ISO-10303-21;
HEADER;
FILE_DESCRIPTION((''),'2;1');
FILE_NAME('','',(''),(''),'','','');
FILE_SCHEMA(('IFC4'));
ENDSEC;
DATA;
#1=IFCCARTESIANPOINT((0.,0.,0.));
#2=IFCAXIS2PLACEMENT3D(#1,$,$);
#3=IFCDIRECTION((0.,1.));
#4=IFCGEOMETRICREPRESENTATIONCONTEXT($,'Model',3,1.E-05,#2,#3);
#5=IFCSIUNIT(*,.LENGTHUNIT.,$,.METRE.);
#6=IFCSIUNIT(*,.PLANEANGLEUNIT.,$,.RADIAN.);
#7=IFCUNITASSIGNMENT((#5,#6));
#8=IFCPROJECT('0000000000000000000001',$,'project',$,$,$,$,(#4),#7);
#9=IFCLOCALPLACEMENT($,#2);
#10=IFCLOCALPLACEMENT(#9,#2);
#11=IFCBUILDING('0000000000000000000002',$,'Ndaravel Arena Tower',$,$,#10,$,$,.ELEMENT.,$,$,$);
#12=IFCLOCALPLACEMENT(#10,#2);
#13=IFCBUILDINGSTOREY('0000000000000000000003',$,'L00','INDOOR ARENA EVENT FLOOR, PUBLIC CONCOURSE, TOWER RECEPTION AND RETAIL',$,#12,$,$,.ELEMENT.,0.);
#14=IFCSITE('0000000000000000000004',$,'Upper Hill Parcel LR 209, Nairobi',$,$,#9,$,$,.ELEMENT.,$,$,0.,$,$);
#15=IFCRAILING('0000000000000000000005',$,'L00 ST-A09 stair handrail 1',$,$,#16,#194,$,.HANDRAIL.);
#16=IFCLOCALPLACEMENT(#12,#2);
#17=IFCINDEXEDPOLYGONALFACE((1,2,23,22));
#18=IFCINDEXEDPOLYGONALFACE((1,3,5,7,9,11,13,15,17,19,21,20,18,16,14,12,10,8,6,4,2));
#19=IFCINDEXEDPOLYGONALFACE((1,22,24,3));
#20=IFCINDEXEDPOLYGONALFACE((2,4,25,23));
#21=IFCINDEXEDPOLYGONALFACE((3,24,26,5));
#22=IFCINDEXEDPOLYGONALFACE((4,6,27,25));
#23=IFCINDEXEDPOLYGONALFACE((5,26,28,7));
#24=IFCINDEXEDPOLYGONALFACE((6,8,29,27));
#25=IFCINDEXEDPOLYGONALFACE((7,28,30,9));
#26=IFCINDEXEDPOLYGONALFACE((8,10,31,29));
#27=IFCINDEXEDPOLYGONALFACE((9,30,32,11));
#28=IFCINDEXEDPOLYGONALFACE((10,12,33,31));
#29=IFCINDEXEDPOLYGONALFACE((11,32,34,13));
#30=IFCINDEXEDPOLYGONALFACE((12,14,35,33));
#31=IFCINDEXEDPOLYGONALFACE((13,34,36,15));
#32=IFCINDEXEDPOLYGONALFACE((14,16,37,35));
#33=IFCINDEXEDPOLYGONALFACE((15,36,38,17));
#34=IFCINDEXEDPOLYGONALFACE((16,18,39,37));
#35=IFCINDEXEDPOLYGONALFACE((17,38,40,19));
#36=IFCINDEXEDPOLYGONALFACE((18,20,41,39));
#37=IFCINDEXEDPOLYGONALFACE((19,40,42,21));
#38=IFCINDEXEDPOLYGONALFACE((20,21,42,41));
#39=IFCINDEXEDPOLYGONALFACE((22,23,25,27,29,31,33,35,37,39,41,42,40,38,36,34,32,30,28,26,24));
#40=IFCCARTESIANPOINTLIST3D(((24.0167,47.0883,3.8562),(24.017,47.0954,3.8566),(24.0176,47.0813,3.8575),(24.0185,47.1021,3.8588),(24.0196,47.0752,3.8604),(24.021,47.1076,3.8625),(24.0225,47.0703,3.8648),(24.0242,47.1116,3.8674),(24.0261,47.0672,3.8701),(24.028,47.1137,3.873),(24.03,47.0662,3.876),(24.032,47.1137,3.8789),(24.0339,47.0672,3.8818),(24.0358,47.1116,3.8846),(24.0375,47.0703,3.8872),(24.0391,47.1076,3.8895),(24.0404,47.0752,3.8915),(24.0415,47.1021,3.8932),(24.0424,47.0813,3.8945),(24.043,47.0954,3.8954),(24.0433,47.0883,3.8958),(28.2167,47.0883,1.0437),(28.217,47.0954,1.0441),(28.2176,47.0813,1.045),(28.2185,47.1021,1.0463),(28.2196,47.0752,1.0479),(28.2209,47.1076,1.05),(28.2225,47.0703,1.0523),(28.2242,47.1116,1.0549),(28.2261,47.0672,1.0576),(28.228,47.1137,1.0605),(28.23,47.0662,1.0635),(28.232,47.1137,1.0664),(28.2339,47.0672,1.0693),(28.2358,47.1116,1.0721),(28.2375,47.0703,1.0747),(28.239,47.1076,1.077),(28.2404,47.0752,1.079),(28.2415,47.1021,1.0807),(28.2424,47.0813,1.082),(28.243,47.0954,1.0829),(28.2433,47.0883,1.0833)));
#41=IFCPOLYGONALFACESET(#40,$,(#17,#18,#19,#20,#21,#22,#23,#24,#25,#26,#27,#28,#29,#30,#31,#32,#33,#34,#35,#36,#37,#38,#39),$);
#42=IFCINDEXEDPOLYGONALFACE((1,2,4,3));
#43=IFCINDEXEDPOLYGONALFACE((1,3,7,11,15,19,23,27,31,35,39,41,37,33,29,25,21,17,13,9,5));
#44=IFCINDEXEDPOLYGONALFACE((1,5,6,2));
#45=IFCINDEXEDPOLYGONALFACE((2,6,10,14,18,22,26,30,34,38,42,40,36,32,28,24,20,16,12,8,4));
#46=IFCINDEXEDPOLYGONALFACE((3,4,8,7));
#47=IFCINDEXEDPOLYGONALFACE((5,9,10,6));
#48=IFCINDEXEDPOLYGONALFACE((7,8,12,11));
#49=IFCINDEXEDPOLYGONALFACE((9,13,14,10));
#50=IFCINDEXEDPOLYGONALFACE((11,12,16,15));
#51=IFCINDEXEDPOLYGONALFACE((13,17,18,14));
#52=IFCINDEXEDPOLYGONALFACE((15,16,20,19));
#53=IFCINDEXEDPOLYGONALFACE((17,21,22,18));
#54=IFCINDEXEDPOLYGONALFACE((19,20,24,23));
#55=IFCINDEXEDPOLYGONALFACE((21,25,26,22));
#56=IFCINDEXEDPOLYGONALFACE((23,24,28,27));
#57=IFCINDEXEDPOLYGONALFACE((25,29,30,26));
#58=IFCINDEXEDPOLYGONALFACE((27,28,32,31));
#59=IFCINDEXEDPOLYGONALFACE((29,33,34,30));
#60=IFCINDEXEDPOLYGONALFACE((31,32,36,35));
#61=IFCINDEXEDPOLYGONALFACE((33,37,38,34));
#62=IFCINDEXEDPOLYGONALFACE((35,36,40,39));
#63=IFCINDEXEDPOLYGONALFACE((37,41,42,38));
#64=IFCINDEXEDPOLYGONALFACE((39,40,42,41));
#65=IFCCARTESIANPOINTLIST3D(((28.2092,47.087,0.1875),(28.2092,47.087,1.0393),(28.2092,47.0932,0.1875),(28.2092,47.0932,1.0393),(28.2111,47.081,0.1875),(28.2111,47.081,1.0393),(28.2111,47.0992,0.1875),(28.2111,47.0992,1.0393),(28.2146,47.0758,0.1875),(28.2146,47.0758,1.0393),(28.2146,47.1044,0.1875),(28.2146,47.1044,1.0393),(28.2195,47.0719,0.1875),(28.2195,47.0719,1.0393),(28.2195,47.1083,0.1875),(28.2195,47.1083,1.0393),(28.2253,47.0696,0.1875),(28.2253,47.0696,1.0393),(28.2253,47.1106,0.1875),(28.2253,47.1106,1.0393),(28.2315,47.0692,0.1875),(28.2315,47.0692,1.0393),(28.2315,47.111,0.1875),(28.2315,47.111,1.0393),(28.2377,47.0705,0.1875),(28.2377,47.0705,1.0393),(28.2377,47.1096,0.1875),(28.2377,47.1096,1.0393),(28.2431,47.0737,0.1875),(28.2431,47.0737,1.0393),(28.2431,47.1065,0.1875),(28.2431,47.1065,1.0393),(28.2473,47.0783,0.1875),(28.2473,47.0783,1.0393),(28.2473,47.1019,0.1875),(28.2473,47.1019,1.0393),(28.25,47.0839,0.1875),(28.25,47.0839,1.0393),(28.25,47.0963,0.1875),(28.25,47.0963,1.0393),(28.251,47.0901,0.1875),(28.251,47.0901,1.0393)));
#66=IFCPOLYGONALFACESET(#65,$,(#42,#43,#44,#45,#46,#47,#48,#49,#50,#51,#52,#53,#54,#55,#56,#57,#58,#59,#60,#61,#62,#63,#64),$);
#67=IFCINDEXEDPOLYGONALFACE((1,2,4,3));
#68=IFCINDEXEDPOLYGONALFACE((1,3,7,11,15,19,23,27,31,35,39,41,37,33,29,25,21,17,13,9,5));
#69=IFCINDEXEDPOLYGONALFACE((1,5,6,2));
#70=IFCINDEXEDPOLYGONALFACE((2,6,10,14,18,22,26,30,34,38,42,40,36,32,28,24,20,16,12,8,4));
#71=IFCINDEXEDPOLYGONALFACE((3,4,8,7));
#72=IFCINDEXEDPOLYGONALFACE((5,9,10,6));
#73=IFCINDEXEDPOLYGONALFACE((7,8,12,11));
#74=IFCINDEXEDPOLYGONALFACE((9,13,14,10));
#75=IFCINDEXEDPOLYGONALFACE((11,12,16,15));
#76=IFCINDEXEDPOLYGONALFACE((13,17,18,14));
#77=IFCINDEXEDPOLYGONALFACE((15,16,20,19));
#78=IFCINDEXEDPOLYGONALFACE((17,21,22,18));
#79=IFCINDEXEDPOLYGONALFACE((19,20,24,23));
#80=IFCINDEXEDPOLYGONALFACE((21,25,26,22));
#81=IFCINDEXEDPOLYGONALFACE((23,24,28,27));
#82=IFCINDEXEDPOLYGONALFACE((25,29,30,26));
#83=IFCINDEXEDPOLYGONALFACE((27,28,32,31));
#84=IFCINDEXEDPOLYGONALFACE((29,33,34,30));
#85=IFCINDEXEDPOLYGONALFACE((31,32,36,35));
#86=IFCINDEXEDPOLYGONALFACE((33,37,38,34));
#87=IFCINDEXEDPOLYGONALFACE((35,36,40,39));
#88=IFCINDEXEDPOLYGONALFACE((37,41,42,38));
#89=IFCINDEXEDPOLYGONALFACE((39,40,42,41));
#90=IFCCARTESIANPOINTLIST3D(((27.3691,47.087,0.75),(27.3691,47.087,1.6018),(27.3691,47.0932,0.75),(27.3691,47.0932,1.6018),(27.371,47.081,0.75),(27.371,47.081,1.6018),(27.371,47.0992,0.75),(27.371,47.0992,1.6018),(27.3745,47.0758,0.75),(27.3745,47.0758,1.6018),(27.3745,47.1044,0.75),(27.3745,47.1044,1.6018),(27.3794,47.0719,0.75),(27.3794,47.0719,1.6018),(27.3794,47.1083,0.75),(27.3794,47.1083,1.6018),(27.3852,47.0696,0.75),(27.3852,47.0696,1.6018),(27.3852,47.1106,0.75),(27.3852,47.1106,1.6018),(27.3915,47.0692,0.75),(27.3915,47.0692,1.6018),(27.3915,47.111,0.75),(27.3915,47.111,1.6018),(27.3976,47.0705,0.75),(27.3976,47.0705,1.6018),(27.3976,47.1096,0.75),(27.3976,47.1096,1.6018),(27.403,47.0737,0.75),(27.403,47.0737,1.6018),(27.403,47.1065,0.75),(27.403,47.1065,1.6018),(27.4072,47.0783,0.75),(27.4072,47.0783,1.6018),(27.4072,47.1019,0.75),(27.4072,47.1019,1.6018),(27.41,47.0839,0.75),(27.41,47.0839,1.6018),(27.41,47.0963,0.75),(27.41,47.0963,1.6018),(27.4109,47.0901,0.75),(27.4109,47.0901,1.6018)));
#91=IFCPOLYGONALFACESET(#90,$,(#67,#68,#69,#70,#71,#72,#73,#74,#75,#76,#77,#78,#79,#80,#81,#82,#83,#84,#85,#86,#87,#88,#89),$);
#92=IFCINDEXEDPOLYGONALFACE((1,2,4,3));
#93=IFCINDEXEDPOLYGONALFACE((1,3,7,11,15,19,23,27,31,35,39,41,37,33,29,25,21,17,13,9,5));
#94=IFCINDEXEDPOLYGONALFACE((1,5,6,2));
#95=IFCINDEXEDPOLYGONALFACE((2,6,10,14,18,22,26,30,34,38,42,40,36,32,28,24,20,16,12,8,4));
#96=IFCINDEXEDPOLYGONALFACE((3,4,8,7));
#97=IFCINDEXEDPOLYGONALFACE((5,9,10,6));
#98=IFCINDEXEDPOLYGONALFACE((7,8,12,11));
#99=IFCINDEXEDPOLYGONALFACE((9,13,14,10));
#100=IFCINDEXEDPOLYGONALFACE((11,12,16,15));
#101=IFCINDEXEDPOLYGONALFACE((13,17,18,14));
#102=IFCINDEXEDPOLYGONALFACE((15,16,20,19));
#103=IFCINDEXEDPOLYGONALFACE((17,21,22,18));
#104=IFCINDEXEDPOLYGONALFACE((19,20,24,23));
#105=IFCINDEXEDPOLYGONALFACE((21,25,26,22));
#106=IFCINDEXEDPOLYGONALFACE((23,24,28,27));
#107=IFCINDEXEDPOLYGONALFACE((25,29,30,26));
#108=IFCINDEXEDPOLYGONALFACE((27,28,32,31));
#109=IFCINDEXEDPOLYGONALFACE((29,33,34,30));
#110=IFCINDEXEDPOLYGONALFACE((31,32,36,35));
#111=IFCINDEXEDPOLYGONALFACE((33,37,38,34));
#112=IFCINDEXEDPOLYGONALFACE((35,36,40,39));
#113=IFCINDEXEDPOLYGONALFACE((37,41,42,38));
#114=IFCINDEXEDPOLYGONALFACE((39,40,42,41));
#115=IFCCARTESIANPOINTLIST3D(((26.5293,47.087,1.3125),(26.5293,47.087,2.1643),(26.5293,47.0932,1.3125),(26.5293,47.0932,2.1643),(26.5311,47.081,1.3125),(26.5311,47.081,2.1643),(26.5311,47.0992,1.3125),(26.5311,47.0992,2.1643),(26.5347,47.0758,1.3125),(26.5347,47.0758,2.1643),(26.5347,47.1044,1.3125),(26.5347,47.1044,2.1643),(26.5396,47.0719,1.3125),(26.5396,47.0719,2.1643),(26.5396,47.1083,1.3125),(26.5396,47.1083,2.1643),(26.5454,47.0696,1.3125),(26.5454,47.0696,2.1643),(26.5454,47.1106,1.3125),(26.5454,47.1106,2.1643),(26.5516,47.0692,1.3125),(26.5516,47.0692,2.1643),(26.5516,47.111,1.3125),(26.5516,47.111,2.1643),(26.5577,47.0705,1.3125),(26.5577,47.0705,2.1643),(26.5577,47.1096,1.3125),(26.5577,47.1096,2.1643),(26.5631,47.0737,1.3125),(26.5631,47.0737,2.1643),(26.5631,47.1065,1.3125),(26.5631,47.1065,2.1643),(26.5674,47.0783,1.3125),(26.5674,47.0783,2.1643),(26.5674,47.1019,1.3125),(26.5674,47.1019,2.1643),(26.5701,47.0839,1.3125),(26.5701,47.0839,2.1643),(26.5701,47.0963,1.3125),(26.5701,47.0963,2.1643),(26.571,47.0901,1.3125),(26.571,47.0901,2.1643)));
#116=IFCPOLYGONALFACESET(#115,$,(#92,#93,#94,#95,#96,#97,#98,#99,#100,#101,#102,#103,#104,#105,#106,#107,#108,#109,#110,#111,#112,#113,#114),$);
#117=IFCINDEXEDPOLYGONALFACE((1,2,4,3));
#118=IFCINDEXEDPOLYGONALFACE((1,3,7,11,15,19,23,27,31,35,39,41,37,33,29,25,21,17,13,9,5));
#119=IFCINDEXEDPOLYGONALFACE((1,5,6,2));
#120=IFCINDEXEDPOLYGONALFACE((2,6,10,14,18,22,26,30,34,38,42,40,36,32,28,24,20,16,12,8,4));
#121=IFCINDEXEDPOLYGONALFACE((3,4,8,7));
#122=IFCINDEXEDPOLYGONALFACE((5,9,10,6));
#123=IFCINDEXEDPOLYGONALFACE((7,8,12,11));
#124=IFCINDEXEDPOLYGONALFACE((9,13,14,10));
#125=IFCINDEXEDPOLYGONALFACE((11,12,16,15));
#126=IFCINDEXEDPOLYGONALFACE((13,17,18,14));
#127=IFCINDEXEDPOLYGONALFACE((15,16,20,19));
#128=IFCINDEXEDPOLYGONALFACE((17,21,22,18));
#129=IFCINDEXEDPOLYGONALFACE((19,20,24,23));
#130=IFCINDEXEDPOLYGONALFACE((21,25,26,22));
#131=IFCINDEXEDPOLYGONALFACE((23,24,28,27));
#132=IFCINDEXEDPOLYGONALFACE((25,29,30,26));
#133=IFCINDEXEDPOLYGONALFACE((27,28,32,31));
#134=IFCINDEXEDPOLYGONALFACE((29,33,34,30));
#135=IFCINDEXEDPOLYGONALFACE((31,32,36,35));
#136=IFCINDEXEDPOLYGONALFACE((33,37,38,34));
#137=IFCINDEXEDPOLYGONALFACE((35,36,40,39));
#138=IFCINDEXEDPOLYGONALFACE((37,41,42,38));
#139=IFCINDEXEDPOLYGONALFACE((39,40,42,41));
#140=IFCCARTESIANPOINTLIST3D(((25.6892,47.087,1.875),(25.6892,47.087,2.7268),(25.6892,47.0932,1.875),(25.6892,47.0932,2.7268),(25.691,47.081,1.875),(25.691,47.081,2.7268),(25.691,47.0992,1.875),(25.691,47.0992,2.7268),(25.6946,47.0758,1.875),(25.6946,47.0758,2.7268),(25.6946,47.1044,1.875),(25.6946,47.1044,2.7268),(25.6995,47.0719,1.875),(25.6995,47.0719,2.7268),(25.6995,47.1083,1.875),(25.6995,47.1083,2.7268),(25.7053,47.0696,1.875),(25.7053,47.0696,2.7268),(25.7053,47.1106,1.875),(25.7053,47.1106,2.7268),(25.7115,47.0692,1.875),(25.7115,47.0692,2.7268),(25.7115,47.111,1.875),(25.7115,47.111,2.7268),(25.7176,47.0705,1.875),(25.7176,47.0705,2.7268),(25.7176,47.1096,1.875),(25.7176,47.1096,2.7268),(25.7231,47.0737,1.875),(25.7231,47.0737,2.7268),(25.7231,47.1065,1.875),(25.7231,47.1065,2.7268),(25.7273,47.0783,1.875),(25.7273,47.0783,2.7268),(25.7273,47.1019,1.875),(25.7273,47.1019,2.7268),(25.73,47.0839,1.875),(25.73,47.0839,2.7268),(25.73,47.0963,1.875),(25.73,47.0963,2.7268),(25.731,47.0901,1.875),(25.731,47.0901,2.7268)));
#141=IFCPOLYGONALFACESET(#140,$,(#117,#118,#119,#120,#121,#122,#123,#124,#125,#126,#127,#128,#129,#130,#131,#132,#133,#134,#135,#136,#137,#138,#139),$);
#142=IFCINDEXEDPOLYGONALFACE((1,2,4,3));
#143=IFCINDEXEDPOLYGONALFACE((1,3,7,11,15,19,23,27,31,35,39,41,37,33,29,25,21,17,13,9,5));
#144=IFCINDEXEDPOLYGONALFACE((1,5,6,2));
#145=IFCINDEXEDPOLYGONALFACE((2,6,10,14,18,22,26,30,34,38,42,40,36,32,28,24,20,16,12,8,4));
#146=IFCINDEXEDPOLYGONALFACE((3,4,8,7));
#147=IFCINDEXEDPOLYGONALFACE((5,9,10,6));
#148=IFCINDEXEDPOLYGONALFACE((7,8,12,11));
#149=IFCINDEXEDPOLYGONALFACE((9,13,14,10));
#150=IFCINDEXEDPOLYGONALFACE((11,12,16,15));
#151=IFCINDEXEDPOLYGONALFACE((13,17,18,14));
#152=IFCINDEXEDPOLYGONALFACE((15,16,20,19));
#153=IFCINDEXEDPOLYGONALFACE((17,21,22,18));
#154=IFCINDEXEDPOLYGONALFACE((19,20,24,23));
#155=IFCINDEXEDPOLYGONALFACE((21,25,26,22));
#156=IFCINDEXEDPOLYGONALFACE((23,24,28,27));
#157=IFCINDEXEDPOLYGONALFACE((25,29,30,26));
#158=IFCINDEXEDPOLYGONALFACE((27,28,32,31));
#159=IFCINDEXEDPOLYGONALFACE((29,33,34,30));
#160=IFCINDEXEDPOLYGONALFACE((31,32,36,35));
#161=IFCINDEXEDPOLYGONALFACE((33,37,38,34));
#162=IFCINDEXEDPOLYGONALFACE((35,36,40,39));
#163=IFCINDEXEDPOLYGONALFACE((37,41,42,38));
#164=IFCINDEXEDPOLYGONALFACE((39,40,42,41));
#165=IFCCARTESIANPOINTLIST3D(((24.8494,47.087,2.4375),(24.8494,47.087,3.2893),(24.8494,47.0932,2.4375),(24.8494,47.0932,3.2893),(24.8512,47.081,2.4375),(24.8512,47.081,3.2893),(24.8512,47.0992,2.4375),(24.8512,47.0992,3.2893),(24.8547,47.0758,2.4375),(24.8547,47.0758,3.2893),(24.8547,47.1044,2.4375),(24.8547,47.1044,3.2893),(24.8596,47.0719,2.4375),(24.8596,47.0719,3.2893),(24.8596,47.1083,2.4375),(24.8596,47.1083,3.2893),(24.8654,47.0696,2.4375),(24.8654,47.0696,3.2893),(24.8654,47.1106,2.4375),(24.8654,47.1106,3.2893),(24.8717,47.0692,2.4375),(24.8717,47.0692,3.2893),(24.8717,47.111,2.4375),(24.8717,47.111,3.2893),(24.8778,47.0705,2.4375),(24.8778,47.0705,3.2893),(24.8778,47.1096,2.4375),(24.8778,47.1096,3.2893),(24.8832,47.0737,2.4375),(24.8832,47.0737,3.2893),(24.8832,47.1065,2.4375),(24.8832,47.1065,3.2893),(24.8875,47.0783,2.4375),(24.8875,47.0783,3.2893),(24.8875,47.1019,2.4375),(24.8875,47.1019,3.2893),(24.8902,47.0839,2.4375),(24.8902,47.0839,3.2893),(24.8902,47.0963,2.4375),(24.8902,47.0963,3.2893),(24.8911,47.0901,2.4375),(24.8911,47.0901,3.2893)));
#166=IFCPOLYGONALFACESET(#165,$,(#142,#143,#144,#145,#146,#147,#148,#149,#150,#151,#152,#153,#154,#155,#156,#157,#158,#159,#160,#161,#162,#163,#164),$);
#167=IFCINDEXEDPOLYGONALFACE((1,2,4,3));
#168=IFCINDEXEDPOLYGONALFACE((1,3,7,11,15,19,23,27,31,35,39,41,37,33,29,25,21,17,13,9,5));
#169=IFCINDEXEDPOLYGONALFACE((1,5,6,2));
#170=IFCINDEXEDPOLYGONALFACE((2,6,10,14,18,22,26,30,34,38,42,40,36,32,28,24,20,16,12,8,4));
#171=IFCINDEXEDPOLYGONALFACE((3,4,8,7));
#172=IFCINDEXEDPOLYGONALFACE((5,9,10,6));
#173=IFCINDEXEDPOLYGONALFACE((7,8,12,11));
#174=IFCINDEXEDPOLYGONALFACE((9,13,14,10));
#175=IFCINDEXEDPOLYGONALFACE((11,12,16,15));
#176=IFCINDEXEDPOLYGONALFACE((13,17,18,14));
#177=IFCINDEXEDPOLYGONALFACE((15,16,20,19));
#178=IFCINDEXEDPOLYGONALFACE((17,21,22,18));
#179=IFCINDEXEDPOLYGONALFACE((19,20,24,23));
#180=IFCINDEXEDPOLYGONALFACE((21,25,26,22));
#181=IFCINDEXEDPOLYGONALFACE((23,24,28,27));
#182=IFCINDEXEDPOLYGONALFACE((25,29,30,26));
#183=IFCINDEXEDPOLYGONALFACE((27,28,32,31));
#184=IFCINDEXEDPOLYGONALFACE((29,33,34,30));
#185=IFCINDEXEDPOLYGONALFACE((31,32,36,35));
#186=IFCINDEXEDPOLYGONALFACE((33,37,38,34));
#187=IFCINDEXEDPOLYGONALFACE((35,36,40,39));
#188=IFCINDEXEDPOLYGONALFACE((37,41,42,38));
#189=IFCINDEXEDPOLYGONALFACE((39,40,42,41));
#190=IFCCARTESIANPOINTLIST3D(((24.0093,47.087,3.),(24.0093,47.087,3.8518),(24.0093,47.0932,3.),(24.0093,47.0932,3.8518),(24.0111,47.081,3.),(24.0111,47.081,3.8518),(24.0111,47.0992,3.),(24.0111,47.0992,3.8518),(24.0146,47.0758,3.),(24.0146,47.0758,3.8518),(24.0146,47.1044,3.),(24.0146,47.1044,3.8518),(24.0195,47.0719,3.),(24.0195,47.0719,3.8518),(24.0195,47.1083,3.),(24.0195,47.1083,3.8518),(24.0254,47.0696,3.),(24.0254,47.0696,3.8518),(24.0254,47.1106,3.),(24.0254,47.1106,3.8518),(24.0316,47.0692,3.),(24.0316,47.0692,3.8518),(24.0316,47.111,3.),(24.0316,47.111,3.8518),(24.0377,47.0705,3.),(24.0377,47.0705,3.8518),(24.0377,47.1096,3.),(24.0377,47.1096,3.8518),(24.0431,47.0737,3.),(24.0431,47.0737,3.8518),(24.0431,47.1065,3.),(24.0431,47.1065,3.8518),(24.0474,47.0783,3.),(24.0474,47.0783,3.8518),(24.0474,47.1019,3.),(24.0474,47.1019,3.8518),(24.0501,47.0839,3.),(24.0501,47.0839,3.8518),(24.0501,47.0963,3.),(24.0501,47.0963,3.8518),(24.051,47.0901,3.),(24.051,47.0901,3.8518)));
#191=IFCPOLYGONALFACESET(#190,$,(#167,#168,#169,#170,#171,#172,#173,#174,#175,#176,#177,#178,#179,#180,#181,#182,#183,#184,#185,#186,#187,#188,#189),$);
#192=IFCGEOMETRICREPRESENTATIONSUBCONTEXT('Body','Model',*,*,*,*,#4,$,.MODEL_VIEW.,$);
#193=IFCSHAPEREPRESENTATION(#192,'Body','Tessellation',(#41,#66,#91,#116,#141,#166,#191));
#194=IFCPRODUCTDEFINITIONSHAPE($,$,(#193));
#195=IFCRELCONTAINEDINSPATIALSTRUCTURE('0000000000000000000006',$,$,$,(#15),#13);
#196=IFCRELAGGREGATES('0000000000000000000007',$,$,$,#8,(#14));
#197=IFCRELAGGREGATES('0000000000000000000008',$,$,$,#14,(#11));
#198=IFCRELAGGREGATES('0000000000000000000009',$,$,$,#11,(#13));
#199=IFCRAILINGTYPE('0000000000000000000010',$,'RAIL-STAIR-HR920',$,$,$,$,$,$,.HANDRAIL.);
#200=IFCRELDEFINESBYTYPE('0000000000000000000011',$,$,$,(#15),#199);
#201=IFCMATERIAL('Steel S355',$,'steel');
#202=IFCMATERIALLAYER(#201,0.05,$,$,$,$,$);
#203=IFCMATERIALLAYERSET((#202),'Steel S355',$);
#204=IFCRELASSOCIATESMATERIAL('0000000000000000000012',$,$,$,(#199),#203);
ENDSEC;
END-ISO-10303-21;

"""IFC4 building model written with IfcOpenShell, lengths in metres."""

from ifc_helpers import new_model, si_unit, direction, frame, origin, origin_2d, place, context, subcontext, project, spatial, circle, extrude, material, layer, layer_set, type_object, element, save


model = new_model("IFC4")

# Units and contexts
model_context = context("Model", 3, precision=1e-05, world=origin(), true_north=direction((0.0, 1.0)))
body_context = subcontext(model_context, "Body", "Model", "MODEL_VIEW")
ifc_project = project(units=[si_unit("LENGTHUNIT", "METRE"), si_unit("PLANEANGLEUNIT", "RADIAN")], contexts=[model_context])

# Site, building, storey
site_placement = place(None, origin())
site = spatial("IfcSite", under=ifc_project, at=site_placement, Name="Upper Hill Parcel LR 209, Nairobi", CompositionType="ELEMENT", RefElevation=0.0)
building_placement = place(site_placement, origin())
building = spatial("IfcBuilding", under=site, at=building_placement, Name="Ndaravel Arena Tower", CompositionType="ELEMENT")
storey_placement = place(building_placement, origin())
storey = spatial("IfcBuildingStorey", under=building, at=storey_placement, Name="L00", Description="INDOOR ARENA EVENT FLOOR, PUBLIC CONCOURSE, TOWER RECEPTION AND RETAIL", CompositionType="ELEMENT", Elevation=0.0)

# Railing
ifc_material_1 = material(Name="Steel S355", Category="steel")
ifc_layer_1 = layer(ifc_material_1, 0.05)
ifc_layer_set_1 = layer_set([ifc_layer_1], Name="Steel S355")
railing_type_1 = type_object("IfcRailingType", Name="RAIL-STAIR-HR920", PredefinedType="HANDRAIL", material=ifc_layer_set_1)
railing_1_placement = place(storey_placement, frame((28.23, 47.0901, 0.1875)))
element("IfcRailing", 1, at=railing_1_placement, inside=storey, type_object=railing_type_1, Name="L00 ST-A09 stair handrail 1", PredefinedType="HANDRAIL", context=body_context, shape_type="SweptSolid", body=[
    extrude(circle(Radius=0.0239, at=origin_2d()), frame((0.0, 0.0, 0.876), z_axis=(-0.830904, 0.0, 0.556416), x_axis=(0.0, -1.0, 0.0)), (0.0, 0.0, 1.0), 5.0547),
    extrude(circle(Radius=0.021, at=origin_2d()), origin(), (0.0, 0.0, 1.0), 0.8518),
    extrude(circle(Radius=0.021, at=origin_2d()), frame((-0.8401, 0.0, 0.5625)), (0.0, 0.0, 1.0), 0.8518),
    extrude(circle(Radius=0.021, at=origin_2d()), frame((-1.6799, 0.0, 1.125)), (0.0, 0.0, 1.0), 0.8518),
    extrude(circle(Radius=0.021, at=origin_2d()), frame((-2.52, 0.0, 1.6875)), (0.0, 0.0, 1.0), 0.8518),
    extrude(circle(Radius=0.021, at=origin_2d()), frame((-3.3599, 0.0, 2.25)), (0.0, 0.0, 1.0), 0.8518),
    extrude(circle(Radius=0.021, at=origin_2d()), frame((-4.2, 0.0, 2.8125)), (0.0, 0.0, 1.0), 0.8518),
])

save(model, "model.ifc")
